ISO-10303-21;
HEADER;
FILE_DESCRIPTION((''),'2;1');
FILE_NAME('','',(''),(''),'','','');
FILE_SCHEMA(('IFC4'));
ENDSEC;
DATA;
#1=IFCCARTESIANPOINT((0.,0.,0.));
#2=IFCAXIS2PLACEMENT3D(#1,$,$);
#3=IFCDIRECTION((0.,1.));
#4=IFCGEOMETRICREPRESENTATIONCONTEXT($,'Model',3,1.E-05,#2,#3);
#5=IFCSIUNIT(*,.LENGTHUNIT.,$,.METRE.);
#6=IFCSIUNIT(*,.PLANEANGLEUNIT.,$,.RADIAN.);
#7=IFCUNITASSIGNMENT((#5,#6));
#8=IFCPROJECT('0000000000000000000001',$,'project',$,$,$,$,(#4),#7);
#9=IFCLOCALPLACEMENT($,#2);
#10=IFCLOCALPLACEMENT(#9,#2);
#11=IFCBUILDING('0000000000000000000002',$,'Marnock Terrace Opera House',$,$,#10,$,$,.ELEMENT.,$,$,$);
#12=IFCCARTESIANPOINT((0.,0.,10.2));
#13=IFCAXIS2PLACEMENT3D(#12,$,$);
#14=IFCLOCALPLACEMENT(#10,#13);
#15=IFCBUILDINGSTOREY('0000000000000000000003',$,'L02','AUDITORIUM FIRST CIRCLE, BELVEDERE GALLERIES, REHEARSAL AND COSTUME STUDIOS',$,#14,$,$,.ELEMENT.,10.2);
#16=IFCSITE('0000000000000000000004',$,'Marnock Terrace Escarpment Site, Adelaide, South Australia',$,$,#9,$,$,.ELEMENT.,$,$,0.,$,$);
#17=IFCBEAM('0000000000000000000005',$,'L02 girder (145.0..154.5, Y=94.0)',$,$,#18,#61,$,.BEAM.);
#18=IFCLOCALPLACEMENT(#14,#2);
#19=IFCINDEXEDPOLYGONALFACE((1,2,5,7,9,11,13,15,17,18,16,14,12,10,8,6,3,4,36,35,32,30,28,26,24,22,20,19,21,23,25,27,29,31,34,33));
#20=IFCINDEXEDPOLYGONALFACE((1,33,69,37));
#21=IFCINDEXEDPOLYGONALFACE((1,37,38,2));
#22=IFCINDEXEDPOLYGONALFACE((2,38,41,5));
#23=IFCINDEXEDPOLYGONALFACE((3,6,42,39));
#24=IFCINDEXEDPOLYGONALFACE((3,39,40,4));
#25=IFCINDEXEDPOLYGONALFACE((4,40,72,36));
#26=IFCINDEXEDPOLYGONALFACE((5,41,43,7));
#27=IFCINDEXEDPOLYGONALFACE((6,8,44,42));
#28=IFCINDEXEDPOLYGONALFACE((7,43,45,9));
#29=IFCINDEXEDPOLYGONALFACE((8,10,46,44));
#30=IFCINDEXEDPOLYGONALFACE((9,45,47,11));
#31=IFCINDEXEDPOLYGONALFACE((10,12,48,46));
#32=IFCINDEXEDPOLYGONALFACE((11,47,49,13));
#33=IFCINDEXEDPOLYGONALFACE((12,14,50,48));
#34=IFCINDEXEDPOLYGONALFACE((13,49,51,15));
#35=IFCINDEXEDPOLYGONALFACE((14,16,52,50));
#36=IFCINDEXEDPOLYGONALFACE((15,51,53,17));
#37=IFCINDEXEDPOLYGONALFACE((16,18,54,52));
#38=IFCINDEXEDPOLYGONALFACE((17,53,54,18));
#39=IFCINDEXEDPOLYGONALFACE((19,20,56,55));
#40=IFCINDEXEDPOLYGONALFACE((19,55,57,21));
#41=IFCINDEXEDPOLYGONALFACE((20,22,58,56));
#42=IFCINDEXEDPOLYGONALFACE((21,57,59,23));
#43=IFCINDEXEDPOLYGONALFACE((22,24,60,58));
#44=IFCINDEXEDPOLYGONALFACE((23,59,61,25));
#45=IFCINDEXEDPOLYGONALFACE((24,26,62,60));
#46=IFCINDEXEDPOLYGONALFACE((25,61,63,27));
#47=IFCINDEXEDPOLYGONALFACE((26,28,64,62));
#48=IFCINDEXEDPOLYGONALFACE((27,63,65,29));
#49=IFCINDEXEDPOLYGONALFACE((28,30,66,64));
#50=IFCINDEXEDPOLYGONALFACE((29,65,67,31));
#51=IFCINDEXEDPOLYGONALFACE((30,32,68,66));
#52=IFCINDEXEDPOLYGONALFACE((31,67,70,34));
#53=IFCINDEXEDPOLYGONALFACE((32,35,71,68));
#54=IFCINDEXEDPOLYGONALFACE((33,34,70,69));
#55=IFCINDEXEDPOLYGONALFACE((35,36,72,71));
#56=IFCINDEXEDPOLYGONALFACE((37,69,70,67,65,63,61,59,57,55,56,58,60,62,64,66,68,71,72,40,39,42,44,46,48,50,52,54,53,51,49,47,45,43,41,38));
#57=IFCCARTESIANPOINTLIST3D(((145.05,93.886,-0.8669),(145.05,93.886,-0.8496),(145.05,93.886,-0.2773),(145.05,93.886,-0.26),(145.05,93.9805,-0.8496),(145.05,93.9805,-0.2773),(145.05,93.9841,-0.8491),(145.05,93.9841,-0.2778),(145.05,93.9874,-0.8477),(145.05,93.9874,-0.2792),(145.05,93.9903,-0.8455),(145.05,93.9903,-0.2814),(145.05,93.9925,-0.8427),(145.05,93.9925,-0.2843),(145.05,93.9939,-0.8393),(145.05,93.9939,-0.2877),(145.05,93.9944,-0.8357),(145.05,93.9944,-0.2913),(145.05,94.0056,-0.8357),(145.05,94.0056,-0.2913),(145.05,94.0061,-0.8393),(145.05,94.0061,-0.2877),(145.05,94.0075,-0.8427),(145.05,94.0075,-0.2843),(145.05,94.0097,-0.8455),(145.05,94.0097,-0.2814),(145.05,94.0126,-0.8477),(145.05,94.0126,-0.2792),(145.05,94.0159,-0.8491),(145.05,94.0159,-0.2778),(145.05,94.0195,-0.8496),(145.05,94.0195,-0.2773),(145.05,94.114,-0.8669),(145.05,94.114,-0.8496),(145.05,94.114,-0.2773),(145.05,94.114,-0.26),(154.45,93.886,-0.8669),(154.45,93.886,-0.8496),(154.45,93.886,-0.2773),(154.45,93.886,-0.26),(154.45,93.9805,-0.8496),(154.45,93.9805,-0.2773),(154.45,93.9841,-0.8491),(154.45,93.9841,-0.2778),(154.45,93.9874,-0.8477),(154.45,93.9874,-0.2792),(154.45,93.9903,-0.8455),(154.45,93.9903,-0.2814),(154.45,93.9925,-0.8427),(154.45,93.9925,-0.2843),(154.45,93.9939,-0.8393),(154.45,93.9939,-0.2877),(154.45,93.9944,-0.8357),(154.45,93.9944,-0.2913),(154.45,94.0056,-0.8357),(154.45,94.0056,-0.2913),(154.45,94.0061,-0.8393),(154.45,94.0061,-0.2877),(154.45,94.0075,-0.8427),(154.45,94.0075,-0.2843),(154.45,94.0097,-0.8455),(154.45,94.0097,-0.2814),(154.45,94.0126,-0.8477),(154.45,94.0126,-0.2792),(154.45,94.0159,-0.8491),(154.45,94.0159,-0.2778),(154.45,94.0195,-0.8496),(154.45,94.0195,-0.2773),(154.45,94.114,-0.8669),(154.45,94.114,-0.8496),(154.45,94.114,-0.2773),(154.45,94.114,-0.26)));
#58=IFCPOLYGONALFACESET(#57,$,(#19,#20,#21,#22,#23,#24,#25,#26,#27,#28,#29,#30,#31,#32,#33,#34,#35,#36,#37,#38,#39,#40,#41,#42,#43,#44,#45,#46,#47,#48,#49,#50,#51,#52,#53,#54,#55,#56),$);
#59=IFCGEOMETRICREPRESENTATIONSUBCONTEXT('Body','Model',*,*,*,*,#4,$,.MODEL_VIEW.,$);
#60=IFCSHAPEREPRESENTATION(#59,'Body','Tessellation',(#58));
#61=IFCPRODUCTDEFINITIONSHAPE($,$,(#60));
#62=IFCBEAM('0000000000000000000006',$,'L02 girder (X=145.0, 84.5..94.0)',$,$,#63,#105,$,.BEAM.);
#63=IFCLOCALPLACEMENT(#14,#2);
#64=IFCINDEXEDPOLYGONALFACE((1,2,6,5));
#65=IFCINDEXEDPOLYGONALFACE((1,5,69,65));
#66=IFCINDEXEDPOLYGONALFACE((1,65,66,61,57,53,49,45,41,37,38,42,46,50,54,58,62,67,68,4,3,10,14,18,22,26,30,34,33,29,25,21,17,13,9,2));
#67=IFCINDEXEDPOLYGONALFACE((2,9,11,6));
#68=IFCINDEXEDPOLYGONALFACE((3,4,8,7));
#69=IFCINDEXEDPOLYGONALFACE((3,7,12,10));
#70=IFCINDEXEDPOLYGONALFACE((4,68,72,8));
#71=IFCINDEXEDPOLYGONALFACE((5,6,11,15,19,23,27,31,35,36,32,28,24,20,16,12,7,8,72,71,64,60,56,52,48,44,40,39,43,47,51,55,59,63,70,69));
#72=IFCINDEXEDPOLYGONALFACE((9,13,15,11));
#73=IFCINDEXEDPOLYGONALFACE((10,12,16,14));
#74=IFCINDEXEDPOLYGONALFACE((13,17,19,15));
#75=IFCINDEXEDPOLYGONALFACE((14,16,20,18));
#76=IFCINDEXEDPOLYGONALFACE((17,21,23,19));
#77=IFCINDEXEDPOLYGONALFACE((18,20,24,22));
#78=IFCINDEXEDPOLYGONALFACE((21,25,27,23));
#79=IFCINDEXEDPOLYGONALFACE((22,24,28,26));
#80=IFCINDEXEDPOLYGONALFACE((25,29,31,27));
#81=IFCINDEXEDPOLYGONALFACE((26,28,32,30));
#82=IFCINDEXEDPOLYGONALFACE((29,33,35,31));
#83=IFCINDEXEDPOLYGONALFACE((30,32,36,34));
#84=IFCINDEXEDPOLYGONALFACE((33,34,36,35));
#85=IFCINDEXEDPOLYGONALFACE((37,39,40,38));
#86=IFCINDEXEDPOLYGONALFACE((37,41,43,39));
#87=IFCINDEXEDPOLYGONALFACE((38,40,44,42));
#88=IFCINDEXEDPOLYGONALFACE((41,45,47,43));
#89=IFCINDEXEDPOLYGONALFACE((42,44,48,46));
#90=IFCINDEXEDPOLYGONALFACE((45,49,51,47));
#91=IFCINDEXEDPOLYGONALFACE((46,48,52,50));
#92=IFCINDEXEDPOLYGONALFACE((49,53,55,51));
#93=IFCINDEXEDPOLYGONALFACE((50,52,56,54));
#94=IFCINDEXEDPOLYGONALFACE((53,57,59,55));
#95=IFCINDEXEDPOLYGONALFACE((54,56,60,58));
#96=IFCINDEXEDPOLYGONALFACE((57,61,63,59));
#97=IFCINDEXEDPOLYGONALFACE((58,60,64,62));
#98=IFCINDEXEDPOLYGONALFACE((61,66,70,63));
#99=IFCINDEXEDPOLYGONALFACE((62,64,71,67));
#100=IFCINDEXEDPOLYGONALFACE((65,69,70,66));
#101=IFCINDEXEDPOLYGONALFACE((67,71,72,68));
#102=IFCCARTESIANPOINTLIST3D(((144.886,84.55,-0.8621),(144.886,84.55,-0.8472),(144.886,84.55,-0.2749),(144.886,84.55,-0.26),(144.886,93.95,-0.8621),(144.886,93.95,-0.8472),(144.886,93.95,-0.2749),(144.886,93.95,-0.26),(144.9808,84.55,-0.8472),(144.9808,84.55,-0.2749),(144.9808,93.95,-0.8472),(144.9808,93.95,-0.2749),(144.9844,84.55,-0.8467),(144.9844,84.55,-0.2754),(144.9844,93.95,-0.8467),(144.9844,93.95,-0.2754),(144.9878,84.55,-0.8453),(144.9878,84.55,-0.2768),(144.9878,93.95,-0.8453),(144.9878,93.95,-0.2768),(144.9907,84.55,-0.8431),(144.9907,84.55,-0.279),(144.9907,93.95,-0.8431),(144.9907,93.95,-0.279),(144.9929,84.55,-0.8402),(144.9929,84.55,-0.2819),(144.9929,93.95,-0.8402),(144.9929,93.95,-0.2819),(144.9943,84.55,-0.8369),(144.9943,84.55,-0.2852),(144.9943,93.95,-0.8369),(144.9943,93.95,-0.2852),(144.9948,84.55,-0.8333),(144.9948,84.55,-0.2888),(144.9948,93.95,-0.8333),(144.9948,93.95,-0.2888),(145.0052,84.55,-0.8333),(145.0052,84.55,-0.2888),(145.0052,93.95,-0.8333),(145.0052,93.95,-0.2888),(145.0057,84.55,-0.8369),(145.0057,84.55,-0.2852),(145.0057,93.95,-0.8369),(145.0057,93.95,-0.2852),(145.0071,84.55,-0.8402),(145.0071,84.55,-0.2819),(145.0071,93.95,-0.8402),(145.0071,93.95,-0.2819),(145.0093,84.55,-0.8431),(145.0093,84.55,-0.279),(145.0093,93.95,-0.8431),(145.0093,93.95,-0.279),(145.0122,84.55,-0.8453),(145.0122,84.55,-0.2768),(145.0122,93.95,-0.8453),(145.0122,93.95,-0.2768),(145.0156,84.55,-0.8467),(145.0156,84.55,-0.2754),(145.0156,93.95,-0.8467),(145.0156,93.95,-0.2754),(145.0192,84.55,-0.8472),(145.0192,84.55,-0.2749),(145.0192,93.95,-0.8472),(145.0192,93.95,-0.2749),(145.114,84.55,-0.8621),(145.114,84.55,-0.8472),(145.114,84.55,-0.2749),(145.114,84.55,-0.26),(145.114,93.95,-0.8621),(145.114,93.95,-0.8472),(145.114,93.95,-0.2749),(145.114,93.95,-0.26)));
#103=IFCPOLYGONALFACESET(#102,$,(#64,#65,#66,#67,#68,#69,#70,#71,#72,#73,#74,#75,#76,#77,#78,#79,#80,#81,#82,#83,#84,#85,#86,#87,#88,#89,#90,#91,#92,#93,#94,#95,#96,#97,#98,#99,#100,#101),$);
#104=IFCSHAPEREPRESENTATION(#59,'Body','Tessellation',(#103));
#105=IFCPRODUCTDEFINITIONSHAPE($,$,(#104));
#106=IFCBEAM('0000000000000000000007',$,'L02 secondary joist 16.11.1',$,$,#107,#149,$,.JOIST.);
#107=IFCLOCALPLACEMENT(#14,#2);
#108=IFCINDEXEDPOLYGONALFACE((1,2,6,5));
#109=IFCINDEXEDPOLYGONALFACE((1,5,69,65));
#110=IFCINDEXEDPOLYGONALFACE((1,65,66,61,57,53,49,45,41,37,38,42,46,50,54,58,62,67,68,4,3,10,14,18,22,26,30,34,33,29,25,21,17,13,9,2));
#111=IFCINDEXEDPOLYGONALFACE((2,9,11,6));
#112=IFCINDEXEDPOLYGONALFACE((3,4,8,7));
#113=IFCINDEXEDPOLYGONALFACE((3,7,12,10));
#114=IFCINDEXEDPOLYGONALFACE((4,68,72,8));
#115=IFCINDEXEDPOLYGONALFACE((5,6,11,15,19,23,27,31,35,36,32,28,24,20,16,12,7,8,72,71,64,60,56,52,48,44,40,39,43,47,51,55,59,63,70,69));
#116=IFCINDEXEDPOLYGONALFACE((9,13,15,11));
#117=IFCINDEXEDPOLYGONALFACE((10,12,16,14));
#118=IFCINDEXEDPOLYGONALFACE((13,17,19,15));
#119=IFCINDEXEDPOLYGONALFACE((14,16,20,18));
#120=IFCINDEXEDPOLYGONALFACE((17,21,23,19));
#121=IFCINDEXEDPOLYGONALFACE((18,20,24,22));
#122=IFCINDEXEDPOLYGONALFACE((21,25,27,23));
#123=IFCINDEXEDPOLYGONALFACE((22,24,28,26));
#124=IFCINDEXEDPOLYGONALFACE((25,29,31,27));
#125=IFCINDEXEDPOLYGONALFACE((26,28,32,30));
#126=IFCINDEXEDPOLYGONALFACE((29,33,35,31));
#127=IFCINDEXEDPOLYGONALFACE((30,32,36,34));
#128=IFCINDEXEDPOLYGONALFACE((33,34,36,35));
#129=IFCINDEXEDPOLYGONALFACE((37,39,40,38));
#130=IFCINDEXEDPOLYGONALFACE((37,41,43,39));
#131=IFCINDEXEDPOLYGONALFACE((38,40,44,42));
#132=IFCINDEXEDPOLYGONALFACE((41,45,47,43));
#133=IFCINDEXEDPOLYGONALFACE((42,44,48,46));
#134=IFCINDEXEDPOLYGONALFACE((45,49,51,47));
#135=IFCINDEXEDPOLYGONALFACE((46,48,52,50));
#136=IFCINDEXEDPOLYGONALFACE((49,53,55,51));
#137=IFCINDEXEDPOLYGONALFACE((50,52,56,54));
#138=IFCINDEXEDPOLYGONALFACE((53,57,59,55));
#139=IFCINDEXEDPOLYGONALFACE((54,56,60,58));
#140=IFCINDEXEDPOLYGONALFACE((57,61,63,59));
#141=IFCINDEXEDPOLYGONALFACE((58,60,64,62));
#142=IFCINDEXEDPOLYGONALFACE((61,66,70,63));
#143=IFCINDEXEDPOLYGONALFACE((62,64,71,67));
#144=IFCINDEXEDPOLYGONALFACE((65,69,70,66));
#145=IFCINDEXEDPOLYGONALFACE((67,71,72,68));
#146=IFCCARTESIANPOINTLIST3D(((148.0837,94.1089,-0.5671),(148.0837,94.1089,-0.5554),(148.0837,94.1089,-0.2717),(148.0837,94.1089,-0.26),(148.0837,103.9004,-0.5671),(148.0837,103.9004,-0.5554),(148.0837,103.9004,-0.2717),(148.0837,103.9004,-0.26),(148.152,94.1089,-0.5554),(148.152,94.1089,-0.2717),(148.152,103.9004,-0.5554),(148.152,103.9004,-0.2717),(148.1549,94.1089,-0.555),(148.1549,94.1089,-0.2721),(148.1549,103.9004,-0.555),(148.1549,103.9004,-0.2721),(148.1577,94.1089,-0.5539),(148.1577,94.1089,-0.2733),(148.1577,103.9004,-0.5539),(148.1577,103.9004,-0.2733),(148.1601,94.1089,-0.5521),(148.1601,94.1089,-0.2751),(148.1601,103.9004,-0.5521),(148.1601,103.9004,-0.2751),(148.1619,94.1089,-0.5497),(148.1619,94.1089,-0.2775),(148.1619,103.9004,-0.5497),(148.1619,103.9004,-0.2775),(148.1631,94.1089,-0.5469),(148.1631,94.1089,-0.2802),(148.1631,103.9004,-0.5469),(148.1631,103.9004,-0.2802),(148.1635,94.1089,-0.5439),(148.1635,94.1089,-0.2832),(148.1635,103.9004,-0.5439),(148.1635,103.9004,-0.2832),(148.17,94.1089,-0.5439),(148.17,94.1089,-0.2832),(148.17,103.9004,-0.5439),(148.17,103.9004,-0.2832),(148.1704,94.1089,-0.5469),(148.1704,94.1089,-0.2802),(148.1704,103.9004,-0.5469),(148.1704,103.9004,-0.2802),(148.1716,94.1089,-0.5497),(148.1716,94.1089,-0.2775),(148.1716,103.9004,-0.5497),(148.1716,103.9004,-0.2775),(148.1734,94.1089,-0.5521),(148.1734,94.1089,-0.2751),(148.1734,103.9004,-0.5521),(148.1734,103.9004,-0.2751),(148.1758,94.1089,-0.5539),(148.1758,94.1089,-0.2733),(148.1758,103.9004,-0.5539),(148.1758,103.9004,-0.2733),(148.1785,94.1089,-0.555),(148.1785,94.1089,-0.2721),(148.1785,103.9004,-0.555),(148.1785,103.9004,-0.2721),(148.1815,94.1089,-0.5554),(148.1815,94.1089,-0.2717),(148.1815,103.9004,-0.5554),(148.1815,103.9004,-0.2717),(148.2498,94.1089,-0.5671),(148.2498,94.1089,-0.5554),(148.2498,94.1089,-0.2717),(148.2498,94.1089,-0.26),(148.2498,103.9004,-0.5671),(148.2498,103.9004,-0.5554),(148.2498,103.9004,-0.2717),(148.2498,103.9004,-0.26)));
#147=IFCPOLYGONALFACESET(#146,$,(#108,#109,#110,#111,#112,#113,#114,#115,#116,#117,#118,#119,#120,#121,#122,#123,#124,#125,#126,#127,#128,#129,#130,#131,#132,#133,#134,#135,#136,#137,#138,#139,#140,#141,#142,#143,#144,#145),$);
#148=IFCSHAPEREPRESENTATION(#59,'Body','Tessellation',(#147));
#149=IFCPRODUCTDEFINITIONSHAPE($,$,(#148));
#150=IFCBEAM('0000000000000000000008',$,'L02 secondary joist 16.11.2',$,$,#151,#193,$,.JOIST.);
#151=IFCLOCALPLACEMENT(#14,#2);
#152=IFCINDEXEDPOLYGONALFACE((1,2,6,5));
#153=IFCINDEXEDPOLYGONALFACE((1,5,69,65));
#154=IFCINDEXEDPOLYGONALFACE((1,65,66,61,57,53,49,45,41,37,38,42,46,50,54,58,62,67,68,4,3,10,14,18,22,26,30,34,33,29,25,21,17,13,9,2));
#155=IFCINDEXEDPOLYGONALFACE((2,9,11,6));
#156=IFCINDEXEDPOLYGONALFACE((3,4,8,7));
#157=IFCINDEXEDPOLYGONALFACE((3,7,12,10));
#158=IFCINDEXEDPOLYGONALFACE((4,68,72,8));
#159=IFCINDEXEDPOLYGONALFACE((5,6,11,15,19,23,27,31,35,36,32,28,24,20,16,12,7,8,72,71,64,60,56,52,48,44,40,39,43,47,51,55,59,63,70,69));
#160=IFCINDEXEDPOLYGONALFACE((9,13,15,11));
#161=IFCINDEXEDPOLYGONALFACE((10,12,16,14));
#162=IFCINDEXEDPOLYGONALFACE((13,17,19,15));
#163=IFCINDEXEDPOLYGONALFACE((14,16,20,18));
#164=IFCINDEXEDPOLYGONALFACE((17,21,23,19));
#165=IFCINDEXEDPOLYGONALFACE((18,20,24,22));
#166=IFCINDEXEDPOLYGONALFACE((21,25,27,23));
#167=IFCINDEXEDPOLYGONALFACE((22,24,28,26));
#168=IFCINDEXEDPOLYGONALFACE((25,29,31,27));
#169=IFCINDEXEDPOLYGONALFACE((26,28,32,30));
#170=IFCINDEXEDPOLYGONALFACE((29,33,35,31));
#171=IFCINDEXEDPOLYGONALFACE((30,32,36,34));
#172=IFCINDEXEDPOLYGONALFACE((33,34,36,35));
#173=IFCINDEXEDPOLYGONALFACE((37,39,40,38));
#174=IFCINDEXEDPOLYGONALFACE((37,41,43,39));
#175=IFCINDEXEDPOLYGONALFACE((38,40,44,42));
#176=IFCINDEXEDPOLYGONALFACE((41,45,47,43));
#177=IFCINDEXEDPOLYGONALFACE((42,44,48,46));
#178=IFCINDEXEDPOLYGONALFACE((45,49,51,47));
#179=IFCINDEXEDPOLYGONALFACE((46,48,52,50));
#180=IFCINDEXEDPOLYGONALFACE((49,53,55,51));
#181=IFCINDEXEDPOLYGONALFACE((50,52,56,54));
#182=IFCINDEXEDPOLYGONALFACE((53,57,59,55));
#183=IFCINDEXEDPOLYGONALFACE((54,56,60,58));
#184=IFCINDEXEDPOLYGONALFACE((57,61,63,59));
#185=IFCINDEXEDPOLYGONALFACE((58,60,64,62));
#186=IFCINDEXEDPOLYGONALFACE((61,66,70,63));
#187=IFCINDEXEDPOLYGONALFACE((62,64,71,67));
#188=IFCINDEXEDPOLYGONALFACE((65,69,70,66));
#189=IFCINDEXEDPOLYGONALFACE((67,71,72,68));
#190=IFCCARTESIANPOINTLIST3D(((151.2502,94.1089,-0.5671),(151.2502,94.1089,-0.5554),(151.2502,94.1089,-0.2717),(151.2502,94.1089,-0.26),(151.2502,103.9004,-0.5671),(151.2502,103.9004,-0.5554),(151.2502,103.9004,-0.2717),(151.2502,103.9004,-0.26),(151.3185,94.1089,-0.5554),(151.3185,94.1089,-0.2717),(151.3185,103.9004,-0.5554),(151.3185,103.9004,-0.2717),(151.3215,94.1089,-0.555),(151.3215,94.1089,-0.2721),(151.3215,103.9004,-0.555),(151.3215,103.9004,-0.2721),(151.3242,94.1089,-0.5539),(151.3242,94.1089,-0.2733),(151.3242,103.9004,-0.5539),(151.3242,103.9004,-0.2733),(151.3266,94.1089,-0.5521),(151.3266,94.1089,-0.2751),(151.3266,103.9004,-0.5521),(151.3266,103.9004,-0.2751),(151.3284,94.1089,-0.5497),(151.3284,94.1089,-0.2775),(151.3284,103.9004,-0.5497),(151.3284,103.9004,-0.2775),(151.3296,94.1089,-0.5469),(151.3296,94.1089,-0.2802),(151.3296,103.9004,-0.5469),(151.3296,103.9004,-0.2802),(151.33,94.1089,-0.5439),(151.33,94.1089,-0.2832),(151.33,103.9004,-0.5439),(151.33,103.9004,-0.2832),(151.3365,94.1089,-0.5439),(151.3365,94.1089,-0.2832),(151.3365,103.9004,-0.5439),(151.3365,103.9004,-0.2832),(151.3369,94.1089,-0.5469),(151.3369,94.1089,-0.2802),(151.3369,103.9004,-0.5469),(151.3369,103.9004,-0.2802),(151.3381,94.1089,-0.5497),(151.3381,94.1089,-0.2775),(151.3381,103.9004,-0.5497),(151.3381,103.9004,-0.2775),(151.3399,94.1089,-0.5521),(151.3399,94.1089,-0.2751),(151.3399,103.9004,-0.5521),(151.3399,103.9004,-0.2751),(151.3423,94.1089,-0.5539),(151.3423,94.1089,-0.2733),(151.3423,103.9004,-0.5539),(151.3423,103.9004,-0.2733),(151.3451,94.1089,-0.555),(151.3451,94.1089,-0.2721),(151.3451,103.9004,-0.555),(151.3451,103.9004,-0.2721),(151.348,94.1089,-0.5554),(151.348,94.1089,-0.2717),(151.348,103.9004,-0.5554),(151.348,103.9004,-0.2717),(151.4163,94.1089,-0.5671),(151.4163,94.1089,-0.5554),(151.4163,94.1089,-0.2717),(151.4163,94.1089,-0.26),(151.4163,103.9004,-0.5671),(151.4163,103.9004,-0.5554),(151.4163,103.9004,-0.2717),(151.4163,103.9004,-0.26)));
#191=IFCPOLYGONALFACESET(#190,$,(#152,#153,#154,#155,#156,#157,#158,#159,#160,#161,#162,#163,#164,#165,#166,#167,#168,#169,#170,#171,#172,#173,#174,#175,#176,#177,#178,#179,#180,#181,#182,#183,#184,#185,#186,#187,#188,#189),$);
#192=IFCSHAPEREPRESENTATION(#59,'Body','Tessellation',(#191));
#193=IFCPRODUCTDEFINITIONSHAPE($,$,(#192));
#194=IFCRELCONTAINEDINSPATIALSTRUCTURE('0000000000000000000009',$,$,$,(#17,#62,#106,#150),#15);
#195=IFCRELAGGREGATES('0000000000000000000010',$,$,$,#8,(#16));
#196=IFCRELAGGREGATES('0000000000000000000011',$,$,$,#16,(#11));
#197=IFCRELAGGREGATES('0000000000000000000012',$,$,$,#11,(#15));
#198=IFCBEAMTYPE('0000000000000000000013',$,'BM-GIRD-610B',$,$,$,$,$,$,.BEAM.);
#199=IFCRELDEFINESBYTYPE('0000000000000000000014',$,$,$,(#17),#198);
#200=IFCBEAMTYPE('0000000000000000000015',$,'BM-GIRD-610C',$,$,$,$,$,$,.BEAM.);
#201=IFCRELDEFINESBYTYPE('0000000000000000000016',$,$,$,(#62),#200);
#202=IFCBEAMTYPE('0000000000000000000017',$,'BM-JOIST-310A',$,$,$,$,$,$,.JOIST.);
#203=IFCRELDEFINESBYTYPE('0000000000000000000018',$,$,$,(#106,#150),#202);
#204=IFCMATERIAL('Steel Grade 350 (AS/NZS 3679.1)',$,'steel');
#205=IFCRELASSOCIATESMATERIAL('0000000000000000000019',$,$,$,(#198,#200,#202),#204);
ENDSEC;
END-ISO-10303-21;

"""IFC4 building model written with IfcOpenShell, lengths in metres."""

from ifc_helpers import new_model, si_unit, direction, frame, origin, origin_2d, place, context, subcontext, project, spatial, i_section, extrude, material, material_profile, profile_set, type_object, element, save


model = new_model("IFC4")

# Units and contexts
model_context = context("Model", 3, precision=1e-05, world=origin(), true_north=direction((0.0, 1.0)))
body_context = subcontext(model_context, "Body", "Model", "MODEL_VIEW")
ifc_project = project(units=[si_unit("LENGTHUNIT", "METRE"), si_unit("PLANEANGLEUNIT", "RADIAN")], contexts=[model_context])

# Site, building, storey
site_placement = place(None, origin())
site = spatial("IfcSite", under=ifc_project, at=site_placement, Name="Marnock Terrace Escarpment Site, Adelaide, South Australia", CompositionType="ELEMENT", RefElevation=0.0)
building_placement = place(site_placement, origin())
building = spatial("IfcBuilding", under=site, at=building_placement, Name="Marnock Terrace Opera House", CompositionType="ELEMENT")
storey_placement = place(building_placement, frame((0.0, 0.0, 10.2)))
storey = spatial("IfcBuildingStorey", under=building, at=storey_placement, Name="L02", Description="AUDITORIUM FIRST CIRCLE, BELVEDERE GALLERIES, REHEARSAL AND COSTUME STUDIOS", CompositionType="ELEMENT", Elevation=10.2)

# Beams
ifc_material_1 = material(Name="Steel Grade 350 (AS/NZS 3679.1)", Category="steel")
ifc_material_profile_1 = material_profile(ifc_material_1, i_section(OverallWidth=0.228, OverallDepth=0.6069, WebThickness=0.0112, FlangeThickness=0.0173, FilletRadius=0.0139, at=origin_2d()))
ifc_profile_set_1 = profile_set([ifc_material_profile_1], Name="Steel Grade 350 (AS/NZS 3679.1)")
beam_type_1 = type_object("IfcBeamType", Name="BM-GIRD-610B", PredefinedType="BEAM", material=ifc_profile_set_1)
beam_1_placement = place(storey_placement, frame((145.05, 94.0, -0.5635), z_axis=(1.0, 0.0, 0.0), x_axis=(0.0, 1.0, 0.0)))
element("IfcBeam", 1, at=beam_1_placement, inside=storey, type_object=beam_type_1, Name="L02 girder (145.0..154.5, Y=94.0)", PredefinedType="BEAM", context=body_context, shape_type="SweptSolid", body=[
    extrude(i_section(OverallWidth=0.228, OverallDepth=0.6069, WebThickness=0.0112, FlangeThickness=0.0173, FilletRadius=0.0139, at=origin_2d()), origin(), (0.0, 0.0, 1.0), 9.3999),
])
ifc_material_profile_2 = material_profile(ifc_material_1, i_section(OverallWidth=0.228, OverallDepth=0.6021, WebThickness=0.0105, FlangeThickness=0.0149, FilletRadius=0.0139, at=origin_2d()))
ifc_profile_set_2 = profile_set([ifc_material_profile_2], Name="Steel Grade 350 (AS/NZS 3679.1)")
beam_type_2 = type_object("IfcBeamType", Name="BM-GIRD-610C", PredefinedType="BEAM", material=ifc_profile_set_2)
beam_2_placement = place(storey_placement, frame((145.0, 84.55, -0.561), z_axis=(0.0, 1.0, 0.0), x_axis=(-1.0, 0.0, 0.0)))
element("IfcBeam", 2, at=beam_2_placement, inside=storey, type_object=beam_type_2, Name="L02 girder (X=145.0, 84.5..94.0)", PredefinedType="BEAM", context=body_context, shape_type="SweptSolid", body=[
    extrude(i_section(OverallWidth=0.228, OverallDepth=0.6021, WebThickness=0.0105, FlangeThickness=0.0149, FilletRadius=0.0139, at=origin_2d()), origin(), (0.0, 0.0, 1.0), 9.3999),
])
ifc_material_profile_3 = material_profile(ifc_material_1, i_section(OverallWidth=0.166, OverallDepth=0.3071, WebThickness=0.0066, FlangeThickness=0.0117, FilletRadius=0.0115, at=origin_2d()))
ifc_profile_set_3 = profile_set([ifc_material_profile_3], Name="Steel Grade 350 (AS/NZS 3679.1)")
beam_type_3 = type_object("IfcBeamType", Name="BM-JOIST-310A", PredefinedType="JOIST", material=ifc_profile_set_3)
for number, where, z_axis, x_axis, name in (
    (3, (148.1667, 94.1089, -0.4136), (0.0, 1.0, 0.0), (-1.0, 0.0, 0.0), "L02 secondary joist 16.11.1"),
    (4, (151.3333, 94.1089, -0.4136), (0.0, 1.0, 0.0), (-1.0, 0.0, 0.0), "L02 secondary joist 16.11.2"),
):
    element("IfcBeam", number, at=place(storey_placement, frame(where, z_axis=z_axis, x_axis=x_axis)), inside=storey, type_object=beam_type_3, Name=name, PredefinedType="JOIST", context=body_context, shape_type="SweptSolid", body=[
        extrude(i_section(OverallWidth=0.166, OverallDepth=0.3071, WebThickness=0.0066, FlangeThickness=0.0117, FilletRadius=0.0115, at=origin_2d()), origin(), (0.0, 0.0, 1.0), 9.7915),
    ])

save(model, "model.ifc")
